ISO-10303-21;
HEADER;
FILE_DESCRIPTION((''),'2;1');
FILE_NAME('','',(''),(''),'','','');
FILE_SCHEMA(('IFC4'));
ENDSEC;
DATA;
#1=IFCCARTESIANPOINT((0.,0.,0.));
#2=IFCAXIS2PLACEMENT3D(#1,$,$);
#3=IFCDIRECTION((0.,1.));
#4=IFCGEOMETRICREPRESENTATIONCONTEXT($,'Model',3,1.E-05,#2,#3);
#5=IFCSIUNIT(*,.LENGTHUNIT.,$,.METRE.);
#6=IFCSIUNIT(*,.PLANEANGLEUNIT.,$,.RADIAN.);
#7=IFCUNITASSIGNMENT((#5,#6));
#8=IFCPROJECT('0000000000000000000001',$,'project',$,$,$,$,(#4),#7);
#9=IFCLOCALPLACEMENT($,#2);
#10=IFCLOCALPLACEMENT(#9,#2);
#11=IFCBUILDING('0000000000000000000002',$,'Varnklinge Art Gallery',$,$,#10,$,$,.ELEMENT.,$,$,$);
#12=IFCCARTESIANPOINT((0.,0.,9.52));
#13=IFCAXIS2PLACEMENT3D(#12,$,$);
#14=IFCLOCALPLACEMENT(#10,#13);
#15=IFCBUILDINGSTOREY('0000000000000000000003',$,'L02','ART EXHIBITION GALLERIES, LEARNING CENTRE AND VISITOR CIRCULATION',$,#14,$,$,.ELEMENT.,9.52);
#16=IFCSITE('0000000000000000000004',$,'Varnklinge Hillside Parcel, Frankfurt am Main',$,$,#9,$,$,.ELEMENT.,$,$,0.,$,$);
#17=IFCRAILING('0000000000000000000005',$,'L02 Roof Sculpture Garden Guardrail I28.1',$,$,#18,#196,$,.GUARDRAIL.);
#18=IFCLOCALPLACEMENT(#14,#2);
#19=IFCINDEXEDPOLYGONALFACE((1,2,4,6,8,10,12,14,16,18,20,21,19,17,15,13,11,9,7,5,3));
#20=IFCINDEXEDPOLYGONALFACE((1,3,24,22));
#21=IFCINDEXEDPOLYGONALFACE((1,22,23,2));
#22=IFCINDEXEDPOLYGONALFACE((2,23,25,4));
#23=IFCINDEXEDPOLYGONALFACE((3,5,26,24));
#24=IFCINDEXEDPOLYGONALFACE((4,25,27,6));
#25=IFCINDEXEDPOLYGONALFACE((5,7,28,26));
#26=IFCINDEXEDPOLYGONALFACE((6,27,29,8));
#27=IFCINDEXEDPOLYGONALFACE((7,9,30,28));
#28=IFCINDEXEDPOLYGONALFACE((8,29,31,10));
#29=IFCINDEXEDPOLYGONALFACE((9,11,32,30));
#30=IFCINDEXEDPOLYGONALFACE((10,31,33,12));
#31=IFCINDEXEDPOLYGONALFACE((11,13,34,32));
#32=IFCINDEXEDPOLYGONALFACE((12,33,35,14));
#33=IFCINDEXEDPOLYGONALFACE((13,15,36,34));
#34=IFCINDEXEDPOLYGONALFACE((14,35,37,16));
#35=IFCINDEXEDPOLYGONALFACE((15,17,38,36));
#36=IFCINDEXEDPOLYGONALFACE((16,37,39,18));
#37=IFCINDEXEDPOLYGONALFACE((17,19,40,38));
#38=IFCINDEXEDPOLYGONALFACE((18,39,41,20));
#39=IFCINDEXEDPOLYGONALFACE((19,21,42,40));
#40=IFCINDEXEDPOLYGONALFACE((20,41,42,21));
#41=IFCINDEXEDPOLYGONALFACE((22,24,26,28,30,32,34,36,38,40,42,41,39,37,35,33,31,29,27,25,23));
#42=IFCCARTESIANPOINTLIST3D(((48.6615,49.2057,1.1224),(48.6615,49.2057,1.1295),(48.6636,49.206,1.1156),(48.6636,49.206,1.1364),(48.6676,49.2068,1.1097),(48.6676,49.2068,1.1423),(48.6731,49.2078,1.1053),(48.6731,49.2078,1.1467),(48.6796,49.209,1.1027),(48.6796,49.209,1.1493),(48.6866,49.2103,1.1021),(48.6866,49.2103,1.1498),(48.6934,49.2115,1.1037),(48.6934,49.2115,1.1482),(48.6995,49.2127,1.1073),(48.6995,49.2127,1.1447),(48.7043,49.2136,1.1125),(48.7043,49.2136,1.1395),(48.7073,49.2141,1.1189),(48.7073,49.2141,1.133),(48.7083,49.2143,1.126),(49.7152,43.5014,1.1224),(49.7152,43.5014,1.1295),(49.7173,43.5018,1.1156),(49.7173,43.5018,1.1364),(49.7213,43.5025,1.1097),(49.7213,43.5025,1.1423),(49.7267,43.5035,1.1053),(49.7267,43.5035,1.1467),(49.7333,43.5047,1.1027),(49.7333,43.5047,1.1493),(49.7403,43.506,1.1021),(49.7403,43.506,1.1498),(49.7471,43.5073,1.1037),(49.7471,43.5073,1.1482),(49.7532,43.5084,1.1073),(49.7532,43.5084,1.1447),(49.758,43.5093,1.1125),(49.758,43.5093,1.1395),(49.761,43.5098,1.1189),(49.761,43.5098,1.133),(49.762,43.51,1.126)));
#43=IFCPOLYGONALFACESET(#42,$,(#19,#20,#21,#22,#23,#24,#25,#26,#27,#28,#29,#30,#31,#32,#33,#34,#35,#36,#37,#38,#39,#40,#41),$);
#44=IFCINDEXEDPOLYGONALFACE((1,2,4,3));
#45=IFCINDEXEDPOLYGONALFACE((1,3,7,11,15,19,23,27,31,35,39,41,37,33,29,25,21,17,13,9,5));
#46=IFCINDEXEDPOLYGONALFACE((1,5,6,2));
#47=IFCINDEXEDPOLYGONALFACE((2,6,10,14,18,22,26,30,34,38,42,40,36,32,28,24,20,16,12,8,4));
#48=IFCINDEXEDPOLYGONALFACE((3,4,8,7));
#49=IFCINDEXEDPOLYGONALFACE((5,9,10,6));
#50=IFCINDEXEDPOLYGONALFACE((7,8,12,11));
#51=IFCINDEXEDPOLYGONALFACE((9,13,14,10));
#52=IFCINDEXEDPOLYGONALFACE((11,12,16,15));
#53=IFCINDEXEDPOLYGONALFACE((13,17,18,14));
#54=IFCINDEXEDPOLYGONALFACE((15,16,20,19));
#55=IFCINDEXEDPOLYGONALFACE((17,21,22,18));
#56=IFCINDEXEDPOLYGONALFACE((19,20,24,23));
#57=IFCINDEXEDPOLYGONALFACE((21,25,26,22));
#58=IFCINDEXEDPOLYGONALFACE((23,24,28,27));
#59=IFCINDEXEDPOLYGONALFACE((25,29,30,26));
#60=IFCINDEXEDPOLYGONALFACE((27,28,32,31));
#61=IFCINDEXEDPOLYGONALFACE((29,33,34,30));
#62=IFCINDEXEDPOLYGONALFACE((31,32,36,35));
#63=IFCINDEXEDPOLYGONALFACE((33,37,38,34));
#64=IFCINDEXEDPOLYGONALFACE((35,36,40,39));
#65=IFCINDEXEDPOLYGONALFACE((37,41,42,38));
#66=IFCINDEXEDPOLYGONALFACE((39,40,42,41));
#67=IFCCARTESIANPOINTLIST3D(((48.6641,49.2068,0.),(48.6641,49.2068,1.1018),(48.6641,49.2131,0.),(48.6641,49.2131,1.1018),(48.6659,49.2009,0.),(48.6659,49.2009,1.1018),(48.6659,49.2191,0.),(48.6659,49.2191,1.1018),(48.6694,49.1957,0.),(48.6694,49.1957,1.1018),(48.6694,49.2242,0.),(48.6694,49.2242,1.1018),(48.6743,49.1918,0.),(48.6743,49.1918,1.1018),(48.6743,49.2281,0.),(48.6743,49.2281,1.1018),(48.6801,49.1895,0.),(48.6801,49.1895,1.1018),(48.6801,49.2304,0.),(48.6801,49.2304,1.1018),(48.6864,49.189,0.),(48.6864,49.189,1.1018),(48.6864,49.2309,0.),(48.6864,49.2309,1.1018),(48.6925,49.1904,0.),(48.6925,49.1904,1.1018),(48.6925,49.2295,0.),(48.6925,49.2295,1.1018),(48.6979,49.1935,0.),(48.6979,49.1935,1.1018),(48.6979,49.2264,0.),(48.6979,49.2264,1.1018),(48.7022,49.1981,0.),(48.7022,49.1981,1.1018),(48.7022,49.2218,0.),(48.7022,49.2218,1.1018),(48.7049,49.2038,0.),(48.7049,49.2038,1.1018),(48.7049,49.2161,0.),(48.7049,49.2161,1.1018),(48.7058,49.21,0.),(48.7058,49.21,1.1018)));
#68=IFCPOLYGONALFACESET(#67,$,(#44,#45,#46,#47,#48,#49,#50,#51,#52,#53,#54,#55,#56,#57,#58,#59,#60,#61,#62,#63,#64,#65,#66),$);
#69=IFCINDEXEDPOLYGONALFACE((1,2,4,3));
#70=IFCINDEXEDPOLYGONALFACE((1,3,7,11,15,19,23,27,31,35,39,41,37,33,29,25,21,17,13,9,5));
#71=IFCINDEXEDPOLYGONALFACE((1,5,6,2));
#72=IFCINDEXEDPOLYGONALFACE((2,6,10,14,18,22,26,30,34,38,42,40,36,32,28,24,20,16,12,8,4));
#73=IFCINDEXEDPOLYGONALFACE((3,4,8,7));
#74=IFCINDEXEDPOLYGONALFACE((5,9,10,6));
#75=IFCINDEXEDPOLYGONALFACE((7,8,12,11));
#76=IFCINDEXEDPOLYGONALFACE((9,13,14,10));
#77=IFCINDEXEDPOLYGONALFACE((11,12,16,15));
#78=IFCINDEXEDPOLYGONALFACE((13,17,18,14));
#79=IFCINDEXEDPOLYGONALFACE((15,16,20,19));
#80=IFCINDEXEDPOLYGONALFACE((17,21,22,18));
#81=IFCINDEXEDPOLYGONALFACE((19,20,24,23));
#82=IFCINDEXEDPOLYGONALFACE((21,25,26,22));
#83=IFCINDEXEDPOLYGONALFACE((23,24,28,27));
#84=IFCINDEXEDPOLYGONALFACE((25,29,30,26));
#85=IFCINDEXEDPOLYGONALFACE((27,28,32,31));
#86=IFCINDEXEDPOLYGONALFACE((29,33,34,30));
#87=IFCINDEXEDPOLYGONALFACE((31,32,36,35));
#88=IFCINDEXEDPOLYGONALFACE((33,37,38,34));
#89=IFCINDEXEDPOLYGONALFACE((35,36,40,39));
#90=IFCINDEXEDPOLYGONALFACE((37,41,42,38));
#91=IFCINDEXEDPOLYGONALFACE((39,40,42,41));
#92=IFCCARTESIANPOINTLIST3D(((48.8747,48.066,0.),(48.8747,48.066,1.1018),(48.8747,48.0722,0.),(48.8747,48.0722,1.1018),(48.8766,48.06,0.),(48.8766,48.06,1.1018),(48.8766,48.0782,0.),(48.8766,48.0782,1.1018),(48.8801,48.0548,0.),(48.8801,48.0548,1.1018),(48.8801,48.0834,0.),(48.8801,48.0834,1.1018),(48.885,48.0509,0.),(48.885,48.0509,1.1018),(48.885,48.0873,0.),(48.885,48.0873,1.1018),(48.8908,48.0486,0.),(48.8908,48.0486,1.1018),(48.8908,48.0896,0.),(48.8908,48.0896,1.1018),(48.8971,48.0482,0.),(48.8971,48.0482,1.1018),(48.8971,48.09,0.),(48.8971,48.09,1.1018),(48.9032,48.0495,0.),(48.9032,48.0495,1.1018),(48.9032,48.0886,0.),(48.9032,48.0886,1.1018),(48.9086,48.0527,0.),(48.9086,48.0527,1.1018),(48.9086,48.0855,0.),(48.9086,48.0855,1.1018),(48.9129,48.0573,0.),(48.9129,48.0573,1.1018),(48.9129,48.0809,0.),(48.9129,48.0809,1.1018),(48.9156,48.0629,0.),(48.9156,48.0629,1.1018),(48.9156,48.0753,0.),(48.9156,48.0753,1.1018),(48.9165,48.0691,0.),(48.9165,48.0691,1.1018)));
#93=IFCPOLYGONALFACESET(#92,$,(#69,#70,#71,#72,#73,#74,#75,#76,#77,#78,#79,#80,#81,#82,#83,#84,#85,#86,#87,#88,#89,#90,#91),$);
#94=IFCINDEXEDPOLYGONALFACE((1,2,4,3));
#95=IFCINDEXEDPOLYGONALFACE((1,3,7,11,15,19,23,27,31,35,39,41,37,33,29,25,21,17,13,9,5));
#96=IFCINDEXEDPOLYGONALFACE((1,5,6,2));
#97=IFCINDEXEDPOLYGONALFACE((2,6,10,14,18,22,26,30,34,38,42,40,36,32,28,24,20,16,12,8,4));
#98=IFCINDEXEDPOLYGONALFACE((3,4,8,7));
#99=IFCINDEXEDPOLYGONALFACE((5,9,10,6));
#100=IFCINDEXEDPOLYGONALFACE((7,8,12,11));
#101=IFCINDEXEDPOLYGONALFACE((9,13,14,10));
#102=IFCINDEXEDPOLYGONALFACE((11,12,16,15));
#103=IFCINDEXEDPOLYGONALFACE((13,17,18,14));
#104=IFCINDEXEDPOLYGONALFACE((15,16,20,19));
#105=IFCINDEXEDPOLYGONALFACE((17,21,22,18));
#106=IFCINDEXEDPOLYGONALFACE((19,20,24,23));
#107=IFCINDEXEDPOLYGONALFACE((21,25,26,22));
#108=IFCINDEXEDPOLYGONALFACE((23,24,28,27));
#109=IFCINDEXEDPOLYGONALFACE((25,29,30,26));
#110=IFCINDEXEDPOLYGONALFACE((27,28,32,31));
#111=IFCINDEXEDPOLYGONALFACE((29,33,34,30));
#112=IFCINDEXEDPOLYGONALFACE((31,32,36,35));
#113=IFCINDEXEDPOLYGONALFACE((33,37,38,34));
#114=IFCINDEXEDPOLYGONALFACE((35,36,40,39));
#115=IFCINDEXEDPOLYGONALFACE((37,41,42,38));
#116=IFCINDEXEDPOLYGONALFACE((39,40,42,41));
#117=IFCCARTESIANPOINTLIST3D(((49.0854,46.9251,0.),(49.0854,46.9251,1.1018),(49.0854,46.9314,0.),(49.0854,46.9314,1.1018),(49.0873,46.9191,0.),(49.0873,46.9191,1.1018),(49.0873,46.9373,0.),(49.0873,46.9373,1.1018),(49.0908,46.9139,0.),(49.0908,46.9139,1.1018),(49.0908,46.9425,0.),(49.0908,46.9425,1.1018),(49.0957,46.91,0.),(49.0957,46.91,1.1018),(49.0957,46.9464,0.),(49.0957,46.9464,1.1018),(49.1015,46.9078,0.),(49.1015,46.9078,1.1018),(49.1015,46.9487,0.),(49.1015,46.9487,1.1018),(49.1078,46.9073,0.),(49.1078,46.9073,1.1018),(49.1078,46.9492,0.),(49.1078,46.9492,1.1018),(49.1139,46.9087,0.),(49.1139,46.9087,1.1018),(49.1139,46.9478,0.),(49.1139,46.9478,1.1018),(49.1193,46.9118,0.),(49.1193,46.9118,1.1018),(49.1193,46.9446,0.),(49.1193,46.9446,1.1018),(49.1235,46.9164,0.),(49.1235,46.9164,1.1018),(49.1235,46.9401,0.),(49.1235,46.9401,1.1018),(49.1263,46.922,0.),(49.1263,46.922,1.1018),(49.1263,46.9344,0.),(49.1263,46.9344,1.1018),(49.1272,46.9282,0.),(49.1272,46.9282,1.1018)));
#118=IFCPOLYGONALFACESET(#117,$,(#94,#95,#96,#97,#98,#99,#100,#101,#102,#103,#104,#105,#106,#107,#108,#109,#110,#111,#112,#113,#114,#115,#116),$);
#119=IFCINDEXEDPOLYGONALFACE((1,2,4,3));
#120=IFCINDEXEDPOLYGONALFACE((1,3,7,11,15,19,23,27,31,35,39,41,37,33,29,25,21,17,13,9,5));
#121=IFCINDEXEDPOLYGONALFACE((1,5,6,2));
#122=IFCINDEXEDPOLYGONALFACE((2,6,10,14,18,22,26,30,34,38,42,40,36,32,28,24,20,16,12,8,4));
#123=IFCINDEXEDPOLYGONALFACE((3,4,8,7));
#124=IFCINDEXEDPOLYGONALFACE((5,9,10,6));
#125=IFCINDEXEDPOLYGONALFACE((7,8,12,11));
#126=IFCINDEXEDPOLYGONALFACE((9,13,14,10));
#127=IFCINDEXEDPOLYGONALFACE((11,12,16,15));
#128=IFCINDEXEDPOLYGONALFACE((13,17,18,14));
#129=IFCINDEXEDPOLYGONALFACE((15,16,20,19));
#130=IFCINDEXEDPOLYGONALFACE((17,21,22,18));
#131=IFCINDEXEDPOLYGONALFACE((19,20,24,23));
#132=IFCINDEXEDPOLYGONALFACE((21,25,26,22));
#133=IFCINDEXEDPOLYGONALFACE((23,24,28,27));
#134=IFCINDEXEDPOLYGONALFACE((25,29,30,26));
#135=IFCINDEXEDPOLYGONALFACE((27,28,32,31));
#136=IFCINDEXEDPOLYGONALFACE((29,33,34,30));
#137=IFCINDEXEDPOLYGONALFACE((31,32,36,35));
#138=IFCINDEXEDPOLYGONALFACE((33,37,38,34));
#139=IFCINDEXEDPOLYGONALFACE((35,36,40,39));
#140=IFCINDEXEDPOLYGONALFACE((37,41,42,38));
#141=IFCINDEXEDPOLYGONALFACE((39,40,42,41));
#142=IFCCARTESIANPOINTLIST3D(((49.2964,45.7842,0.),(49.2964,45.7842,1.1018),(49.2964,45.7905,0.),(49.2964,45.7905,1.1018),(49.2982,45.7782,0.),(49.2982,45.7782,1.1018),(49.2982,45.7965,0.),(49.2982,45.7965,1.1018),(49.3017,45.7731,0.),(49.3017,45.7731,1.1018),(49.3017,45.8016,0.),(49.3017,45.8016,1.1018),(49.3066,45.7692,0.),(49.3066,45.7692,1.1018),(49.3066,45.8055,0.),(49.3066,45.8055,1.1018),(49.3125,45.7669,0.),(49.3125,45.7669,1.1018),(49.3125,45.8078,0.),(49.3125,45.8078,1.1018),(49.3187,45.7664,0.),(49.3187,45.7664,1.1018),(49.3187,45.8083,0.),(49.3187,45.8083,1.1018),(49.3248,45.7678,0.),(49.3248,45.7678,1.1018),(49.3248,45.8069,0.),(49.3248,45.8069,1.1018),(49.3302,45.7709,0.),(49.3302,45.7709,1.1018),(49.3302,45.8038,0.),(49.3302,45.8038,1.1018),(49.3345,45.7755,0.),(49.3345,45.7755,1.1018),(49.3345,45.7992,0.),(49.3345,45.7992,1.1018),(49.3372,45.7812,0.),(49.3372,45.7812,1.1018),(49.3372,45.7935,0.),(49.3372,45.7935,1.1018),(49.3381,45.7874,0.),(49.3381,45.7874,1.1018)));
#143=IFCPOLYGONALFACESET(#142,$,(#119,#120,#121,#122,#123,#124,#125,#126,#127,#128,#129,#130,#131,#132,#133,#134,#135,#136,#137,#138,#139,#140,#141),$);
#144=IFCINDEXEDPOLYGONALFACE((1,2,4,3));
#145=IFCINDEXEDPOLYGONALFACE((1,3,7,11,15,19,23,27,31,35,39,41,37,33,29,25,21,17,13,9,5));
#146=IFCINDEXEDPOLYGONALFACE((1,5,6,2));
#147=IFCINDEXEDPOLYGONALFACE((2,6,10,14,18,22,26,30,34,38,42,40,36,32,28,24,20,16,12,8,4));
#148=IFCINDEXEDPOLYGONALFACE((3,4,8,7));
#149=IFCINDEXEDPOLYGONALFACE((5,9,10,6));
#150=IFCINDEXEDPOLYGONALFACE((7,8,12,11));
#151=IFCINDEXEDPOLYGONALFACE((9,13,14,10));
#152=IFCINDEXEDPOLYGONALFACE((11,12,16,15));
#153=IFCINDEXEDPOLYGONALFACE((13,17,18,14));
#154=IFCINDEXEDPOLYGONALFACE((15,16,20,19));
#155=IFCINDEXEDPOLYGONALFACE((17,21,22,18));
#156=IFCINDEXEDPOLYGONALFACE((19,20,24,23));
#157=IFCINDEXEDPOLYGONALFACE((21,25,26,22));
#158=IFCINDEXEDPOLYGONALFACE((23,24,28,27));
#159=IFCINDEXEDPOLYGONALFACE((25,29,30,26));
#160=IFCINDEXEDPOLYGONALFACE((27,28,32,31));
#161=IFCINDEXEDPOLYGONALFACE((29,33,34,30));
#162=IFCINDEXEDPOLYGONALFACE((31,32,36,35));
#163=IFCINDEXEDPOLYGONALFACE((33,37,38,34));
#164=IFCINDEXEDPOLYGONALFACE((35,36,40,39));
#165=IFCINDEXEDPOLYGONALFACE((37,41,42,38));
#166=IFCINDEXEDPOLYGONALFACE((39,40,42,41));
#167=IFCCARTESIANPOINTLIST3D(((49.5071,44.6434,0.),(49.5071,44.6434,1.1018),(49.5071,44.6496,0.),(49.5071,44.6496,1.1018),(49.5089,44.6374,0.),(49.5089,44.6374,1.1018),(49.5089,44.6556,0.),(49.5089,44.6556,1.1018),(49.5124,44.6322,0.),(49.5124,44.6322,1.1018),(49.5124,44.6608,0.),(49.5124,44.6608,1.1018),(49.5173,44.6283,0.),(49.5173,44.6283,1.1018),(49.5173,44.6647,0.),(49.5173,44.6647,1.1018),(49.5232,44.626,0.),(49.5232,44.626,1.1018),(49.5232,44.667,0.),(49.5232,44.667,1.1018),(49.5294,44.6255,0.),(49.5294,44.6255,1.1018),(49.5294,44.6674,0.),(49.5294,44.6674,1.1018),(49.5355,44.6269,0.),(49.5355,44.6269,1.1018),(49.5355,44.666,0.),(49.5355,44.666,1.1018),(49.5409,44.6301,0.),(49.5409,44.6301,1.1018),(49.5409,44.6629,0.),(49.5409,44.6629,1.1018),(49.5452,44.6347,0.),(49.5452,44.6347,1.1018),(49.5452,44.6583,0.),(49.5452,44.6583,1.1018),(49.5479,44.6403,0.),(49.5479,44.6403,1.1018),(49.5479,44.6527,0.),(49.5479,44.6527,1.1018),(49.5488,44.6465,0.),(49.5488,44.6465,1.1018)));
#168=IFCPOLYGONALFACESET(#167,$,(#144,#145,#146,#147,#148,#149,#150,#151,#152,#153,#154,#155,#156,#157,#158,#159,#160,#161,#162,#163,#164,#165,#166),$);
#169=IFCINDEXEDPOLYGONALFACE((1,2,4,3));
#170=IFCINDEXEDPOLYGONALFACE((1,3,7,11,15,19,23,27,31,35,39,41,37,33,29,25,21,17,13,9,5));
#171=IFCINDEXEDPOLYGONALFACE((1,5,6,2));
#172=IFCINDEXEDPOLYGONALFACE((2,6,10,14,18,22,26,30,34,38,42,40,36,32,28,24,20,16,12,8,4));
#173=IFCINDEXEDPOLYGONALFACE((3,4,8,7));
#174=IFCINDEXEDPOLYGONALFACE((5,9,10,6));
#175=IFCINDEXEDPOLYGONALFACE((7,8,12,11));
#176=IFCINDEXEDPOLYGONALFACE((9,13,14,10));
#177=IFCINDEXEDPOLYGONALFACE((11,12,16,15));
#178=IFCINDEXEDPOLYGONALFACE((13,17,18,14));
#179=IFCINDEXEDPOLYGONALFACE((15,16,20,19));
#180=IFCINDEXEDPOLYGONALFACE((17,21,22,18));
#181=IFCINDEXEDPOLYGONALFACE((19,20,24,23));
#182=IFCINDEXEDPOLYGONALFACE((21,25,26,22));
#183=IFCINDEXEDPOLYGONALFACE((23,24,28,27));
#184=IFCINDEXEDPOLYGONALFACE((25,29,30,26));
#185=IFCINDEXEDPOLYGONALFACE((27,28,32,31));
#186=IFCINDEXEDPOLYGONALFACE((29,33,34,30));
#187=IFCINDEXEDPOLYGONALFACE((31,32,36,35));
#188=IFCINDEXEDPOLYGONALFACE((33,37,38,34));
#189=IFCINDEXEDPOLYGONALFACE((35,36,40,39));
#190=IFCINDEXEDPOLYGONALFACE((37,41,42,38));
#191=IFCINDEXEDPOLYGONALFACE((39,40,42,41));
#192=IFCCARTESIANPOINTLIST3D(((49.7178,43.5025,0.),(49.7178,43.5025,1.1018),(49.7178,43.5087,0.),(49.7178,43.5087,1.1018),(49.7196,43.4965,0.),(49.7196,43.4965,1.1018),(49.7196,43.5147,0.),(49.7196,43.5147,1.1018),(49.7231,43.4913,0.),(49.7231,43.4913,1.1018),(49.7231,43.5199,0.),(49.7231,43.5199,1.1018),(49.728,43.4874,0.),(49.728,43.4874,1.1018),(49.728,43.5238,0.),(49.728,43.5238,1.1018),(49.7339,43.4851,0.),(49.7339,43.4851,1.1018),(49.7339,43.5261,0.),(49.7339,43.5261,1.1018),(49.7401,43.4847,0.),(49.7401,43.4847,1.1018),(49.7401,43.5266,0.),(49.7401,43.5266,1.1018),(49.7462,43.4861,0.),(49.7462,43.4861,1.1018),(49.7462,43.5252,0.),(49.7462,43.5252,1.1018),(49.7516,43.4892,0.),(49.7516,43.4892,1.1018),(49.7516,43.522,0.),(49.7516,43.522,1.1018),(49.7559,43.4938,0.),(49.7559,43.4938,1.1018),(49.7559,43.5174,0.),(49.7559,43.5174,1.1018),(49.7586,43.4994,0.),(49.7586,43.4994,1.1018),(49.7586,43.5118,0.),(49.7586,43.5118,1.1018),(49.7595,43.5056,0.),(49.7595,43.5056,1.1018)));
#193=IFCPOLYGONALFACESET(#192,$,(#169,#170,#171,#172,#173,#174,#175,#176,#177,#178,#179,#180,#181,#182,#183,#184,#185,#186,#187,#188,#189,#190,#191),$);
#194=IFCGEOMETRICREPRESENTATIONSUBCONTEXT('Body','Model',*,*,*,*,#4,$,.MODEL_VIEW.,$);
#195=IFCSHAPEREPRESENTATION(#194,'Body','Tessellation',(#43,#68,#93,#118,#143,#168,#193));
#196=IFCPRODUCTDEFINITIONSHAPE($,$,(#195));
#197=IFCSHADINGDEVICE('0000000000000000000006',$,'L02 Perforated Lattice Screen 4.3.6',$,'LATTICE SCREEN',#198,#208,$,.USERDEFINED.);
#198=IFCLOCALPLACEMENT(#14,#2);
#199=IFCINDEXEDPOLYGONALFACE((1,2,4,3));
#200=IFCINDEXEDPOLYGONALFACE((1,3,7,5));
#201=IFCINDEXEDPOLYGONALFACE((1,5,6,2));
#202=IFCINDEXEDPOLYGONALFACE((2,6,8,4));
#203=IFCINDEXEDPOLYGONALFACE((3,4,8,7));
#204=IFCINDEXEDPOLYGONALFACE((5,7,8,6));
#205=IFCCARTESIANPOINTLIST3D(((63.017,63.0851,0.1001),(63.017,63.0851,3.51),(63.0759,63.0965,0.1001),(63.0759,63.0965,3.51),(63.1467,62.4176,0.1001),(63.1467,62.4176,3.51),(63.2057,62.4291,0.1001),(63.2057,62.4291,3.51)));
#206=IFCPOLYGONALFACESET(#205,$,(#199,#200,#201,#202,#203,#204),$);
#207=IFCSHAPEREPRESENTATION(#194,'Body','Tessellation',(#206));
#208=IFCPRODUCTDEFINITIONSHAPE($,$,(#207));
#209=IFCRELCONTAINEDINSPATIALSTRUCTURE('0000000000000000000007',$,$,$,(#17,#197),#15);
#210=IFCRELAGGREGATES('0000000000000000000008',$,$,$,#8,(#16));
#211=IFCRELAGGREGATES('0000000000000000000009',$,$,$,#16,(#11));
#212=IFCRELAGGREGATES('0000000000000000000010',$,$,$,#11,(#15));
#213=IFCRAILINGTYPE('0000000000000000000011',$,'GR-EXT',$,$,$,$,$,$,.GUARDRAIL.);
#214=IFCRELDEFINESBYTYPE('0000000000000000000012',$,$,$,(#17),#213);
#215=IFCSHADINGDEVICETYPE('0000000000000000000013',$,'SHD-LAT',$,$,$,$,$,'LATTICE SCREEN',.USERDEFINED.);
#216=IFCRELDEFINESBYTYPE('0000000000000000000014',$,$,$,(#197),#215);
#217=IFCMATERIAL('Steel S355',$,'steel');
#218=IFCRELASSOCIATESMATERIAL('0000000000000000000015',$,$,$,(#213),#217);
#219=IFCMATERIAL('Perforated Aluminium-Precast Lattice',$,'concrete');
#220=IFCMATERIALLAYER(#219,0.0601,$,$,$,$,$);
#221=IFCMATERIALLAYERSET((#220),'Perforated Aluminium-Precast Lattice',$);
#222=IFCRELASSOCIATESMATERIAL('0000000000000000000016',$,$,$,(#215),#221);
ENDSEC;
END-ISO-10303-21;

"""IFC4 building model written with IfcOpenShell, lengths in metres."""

from ifc_helpers import new_model, si_unit, direction, frame, origin, origin_2d, place, context, subcontext, project, spatial, rectangle, circle, extrude, material, layer, layer_set, type_object, element, save


model = new_model("IFC4")

# Units and contexts
model_context = context("Model", 3, precision=1e-05, world=origin(), true_north=direction((0.0, 1.0)))
body_context = subcontext(model_context, "Body", "Model", "MODEL_VIEW")
ifc_project = project(units=[si_unit("LENGTHUNIT", "METRE"), si_unit("PLANEANGLEUNIT", "RADIAN")], contexts=[model_context])

# Site, building, storey
site_placement = place(None, origin())
site = spatial("IfcSite", under=ifc_project, at=site_placement, Name="Varnklinge Hillside Parcel, Frankfurt am Main", CompositionType="ELEMENT", RefElevation=0.0)
building_placement = place(site_placement, origin())
building = spatial("IfcBuilding", under=site, at=building_placement, Name="Varnklinge Art Gallery", CompositionType="ELEMENT")
storey_placement = place(building_placement, frame((0.0, 0.0, 9.52)))
storey = spatial("IfcBuildingStorey", under=building, at=storey_placement, Name="L02", Description="ART EXHIBITION GALLERIES, LEARNING CENTRE AND VISITOR CIRCULATION", CompositionType="ELEMENT", Elevation=9.52)

# Railing
ifc_material_1 = material(Name="Steel S355", Category="steel")
railing_type = type_object("IfcRailingType", Name="GR-EXT", PredefinedType="GUARDRAIL", material=ifc_material_1)
railing_1_placement = place(storey_placement, frame((48.6848, 49.21, 0.0)))
element("IfcRailing", 1, at=railing_1_placement, inside=storey, type_object=railing_type, Name="L02 Roof Sculpture Garden Guardrail I28.1", PredefinedType="GUARDRAIL", context=body_context, shape_type="SweptSolid", body=[
    extrude(circle(Radius=0.0239, at=origin_2d()), frame((0.0, 0.0, 1.126), z_axis=(0.181648, -0.983364, 0.0), x_axis=(0.983364, 0.181648, 0.0)), (0.0, 0.0, 1.0), 5.8008),
    extrude(circle(Radius=0.021, at=origin_2d()), origin(), (0.0, 0.0, 1.0), 1.1018),
    extrude(circle(Radius=0.021, at=origin_2d()), frame((0.2107, -1.1409, 0.0)), (0.0, 0.0, 1.0), 1.1018),
    extrude(circle(Radius=0.021, at=origin_2d()), frame((0.4214, -2.2817, 0.0)), (0.0, 0.0, 1.0), 1.1018),
    extrude(circle(Radius=0.021, at=origin_2d()), frame((0.6323, -3.4226, 0.0)), (0.0, 0.0, 1.0), 1.1018),
    extrude(circle(Radius=0.021, at=origin_2d()), frame((0.843, -4.5635, 0.0)), (0.0, 0.0, 1.0), 1.1018),
    extrude(circle(Radius=0.021, at=origin_2d()), frame((1.0537, -5.7043, 0.0)), (0.0, 0.0, 1.0), 1.1018),
])

# Shading device
ifc_material_2 = material(Name="Perforated Aluminium-Precast Lattice", Category="concrete")
ifc_layer_1 = layer(ifc_material_2, 0.0601)
ifc_layer_set_1 = layer_set([ifc_layer_1], Name="Perforated Aluminium-Precast Lattice")
shading_device_type = type_object("IfcShadingDeviceType", Name="SHD-LAT", ElementType="LATTICE SCREEN", PredefinedType="USERDEFINED", material=ifc_layer_set_1)
for number, where, z_axis, x_axis, name in (
    (2, (63.1113, 62.7571, 0.1001), (0.0, 0.0, 1.0), (0.190809, -0.981627, 0.0), "L02 Perforated Lattice Screen 4.3.6"),
):
    element("IfcShadingDevice", number, at=place(storey_placement, frame(where, z_axis=z_axis, x_axis=x_axis)), inside=storey, type_object=shading_device_type, Name=name, ObjectType="LATTICE SCREEN", PredefinedType="USERDEFINED", context=body_context, shape_type="SweptSolid", body=[
        extrude(rectangle(XDim=0.6799, YDim=0.0601, at=origin_2d()), origin(), (0.0, 0.0, 1.0), 3.4099),
    ])

save(model, "model.ifc")
